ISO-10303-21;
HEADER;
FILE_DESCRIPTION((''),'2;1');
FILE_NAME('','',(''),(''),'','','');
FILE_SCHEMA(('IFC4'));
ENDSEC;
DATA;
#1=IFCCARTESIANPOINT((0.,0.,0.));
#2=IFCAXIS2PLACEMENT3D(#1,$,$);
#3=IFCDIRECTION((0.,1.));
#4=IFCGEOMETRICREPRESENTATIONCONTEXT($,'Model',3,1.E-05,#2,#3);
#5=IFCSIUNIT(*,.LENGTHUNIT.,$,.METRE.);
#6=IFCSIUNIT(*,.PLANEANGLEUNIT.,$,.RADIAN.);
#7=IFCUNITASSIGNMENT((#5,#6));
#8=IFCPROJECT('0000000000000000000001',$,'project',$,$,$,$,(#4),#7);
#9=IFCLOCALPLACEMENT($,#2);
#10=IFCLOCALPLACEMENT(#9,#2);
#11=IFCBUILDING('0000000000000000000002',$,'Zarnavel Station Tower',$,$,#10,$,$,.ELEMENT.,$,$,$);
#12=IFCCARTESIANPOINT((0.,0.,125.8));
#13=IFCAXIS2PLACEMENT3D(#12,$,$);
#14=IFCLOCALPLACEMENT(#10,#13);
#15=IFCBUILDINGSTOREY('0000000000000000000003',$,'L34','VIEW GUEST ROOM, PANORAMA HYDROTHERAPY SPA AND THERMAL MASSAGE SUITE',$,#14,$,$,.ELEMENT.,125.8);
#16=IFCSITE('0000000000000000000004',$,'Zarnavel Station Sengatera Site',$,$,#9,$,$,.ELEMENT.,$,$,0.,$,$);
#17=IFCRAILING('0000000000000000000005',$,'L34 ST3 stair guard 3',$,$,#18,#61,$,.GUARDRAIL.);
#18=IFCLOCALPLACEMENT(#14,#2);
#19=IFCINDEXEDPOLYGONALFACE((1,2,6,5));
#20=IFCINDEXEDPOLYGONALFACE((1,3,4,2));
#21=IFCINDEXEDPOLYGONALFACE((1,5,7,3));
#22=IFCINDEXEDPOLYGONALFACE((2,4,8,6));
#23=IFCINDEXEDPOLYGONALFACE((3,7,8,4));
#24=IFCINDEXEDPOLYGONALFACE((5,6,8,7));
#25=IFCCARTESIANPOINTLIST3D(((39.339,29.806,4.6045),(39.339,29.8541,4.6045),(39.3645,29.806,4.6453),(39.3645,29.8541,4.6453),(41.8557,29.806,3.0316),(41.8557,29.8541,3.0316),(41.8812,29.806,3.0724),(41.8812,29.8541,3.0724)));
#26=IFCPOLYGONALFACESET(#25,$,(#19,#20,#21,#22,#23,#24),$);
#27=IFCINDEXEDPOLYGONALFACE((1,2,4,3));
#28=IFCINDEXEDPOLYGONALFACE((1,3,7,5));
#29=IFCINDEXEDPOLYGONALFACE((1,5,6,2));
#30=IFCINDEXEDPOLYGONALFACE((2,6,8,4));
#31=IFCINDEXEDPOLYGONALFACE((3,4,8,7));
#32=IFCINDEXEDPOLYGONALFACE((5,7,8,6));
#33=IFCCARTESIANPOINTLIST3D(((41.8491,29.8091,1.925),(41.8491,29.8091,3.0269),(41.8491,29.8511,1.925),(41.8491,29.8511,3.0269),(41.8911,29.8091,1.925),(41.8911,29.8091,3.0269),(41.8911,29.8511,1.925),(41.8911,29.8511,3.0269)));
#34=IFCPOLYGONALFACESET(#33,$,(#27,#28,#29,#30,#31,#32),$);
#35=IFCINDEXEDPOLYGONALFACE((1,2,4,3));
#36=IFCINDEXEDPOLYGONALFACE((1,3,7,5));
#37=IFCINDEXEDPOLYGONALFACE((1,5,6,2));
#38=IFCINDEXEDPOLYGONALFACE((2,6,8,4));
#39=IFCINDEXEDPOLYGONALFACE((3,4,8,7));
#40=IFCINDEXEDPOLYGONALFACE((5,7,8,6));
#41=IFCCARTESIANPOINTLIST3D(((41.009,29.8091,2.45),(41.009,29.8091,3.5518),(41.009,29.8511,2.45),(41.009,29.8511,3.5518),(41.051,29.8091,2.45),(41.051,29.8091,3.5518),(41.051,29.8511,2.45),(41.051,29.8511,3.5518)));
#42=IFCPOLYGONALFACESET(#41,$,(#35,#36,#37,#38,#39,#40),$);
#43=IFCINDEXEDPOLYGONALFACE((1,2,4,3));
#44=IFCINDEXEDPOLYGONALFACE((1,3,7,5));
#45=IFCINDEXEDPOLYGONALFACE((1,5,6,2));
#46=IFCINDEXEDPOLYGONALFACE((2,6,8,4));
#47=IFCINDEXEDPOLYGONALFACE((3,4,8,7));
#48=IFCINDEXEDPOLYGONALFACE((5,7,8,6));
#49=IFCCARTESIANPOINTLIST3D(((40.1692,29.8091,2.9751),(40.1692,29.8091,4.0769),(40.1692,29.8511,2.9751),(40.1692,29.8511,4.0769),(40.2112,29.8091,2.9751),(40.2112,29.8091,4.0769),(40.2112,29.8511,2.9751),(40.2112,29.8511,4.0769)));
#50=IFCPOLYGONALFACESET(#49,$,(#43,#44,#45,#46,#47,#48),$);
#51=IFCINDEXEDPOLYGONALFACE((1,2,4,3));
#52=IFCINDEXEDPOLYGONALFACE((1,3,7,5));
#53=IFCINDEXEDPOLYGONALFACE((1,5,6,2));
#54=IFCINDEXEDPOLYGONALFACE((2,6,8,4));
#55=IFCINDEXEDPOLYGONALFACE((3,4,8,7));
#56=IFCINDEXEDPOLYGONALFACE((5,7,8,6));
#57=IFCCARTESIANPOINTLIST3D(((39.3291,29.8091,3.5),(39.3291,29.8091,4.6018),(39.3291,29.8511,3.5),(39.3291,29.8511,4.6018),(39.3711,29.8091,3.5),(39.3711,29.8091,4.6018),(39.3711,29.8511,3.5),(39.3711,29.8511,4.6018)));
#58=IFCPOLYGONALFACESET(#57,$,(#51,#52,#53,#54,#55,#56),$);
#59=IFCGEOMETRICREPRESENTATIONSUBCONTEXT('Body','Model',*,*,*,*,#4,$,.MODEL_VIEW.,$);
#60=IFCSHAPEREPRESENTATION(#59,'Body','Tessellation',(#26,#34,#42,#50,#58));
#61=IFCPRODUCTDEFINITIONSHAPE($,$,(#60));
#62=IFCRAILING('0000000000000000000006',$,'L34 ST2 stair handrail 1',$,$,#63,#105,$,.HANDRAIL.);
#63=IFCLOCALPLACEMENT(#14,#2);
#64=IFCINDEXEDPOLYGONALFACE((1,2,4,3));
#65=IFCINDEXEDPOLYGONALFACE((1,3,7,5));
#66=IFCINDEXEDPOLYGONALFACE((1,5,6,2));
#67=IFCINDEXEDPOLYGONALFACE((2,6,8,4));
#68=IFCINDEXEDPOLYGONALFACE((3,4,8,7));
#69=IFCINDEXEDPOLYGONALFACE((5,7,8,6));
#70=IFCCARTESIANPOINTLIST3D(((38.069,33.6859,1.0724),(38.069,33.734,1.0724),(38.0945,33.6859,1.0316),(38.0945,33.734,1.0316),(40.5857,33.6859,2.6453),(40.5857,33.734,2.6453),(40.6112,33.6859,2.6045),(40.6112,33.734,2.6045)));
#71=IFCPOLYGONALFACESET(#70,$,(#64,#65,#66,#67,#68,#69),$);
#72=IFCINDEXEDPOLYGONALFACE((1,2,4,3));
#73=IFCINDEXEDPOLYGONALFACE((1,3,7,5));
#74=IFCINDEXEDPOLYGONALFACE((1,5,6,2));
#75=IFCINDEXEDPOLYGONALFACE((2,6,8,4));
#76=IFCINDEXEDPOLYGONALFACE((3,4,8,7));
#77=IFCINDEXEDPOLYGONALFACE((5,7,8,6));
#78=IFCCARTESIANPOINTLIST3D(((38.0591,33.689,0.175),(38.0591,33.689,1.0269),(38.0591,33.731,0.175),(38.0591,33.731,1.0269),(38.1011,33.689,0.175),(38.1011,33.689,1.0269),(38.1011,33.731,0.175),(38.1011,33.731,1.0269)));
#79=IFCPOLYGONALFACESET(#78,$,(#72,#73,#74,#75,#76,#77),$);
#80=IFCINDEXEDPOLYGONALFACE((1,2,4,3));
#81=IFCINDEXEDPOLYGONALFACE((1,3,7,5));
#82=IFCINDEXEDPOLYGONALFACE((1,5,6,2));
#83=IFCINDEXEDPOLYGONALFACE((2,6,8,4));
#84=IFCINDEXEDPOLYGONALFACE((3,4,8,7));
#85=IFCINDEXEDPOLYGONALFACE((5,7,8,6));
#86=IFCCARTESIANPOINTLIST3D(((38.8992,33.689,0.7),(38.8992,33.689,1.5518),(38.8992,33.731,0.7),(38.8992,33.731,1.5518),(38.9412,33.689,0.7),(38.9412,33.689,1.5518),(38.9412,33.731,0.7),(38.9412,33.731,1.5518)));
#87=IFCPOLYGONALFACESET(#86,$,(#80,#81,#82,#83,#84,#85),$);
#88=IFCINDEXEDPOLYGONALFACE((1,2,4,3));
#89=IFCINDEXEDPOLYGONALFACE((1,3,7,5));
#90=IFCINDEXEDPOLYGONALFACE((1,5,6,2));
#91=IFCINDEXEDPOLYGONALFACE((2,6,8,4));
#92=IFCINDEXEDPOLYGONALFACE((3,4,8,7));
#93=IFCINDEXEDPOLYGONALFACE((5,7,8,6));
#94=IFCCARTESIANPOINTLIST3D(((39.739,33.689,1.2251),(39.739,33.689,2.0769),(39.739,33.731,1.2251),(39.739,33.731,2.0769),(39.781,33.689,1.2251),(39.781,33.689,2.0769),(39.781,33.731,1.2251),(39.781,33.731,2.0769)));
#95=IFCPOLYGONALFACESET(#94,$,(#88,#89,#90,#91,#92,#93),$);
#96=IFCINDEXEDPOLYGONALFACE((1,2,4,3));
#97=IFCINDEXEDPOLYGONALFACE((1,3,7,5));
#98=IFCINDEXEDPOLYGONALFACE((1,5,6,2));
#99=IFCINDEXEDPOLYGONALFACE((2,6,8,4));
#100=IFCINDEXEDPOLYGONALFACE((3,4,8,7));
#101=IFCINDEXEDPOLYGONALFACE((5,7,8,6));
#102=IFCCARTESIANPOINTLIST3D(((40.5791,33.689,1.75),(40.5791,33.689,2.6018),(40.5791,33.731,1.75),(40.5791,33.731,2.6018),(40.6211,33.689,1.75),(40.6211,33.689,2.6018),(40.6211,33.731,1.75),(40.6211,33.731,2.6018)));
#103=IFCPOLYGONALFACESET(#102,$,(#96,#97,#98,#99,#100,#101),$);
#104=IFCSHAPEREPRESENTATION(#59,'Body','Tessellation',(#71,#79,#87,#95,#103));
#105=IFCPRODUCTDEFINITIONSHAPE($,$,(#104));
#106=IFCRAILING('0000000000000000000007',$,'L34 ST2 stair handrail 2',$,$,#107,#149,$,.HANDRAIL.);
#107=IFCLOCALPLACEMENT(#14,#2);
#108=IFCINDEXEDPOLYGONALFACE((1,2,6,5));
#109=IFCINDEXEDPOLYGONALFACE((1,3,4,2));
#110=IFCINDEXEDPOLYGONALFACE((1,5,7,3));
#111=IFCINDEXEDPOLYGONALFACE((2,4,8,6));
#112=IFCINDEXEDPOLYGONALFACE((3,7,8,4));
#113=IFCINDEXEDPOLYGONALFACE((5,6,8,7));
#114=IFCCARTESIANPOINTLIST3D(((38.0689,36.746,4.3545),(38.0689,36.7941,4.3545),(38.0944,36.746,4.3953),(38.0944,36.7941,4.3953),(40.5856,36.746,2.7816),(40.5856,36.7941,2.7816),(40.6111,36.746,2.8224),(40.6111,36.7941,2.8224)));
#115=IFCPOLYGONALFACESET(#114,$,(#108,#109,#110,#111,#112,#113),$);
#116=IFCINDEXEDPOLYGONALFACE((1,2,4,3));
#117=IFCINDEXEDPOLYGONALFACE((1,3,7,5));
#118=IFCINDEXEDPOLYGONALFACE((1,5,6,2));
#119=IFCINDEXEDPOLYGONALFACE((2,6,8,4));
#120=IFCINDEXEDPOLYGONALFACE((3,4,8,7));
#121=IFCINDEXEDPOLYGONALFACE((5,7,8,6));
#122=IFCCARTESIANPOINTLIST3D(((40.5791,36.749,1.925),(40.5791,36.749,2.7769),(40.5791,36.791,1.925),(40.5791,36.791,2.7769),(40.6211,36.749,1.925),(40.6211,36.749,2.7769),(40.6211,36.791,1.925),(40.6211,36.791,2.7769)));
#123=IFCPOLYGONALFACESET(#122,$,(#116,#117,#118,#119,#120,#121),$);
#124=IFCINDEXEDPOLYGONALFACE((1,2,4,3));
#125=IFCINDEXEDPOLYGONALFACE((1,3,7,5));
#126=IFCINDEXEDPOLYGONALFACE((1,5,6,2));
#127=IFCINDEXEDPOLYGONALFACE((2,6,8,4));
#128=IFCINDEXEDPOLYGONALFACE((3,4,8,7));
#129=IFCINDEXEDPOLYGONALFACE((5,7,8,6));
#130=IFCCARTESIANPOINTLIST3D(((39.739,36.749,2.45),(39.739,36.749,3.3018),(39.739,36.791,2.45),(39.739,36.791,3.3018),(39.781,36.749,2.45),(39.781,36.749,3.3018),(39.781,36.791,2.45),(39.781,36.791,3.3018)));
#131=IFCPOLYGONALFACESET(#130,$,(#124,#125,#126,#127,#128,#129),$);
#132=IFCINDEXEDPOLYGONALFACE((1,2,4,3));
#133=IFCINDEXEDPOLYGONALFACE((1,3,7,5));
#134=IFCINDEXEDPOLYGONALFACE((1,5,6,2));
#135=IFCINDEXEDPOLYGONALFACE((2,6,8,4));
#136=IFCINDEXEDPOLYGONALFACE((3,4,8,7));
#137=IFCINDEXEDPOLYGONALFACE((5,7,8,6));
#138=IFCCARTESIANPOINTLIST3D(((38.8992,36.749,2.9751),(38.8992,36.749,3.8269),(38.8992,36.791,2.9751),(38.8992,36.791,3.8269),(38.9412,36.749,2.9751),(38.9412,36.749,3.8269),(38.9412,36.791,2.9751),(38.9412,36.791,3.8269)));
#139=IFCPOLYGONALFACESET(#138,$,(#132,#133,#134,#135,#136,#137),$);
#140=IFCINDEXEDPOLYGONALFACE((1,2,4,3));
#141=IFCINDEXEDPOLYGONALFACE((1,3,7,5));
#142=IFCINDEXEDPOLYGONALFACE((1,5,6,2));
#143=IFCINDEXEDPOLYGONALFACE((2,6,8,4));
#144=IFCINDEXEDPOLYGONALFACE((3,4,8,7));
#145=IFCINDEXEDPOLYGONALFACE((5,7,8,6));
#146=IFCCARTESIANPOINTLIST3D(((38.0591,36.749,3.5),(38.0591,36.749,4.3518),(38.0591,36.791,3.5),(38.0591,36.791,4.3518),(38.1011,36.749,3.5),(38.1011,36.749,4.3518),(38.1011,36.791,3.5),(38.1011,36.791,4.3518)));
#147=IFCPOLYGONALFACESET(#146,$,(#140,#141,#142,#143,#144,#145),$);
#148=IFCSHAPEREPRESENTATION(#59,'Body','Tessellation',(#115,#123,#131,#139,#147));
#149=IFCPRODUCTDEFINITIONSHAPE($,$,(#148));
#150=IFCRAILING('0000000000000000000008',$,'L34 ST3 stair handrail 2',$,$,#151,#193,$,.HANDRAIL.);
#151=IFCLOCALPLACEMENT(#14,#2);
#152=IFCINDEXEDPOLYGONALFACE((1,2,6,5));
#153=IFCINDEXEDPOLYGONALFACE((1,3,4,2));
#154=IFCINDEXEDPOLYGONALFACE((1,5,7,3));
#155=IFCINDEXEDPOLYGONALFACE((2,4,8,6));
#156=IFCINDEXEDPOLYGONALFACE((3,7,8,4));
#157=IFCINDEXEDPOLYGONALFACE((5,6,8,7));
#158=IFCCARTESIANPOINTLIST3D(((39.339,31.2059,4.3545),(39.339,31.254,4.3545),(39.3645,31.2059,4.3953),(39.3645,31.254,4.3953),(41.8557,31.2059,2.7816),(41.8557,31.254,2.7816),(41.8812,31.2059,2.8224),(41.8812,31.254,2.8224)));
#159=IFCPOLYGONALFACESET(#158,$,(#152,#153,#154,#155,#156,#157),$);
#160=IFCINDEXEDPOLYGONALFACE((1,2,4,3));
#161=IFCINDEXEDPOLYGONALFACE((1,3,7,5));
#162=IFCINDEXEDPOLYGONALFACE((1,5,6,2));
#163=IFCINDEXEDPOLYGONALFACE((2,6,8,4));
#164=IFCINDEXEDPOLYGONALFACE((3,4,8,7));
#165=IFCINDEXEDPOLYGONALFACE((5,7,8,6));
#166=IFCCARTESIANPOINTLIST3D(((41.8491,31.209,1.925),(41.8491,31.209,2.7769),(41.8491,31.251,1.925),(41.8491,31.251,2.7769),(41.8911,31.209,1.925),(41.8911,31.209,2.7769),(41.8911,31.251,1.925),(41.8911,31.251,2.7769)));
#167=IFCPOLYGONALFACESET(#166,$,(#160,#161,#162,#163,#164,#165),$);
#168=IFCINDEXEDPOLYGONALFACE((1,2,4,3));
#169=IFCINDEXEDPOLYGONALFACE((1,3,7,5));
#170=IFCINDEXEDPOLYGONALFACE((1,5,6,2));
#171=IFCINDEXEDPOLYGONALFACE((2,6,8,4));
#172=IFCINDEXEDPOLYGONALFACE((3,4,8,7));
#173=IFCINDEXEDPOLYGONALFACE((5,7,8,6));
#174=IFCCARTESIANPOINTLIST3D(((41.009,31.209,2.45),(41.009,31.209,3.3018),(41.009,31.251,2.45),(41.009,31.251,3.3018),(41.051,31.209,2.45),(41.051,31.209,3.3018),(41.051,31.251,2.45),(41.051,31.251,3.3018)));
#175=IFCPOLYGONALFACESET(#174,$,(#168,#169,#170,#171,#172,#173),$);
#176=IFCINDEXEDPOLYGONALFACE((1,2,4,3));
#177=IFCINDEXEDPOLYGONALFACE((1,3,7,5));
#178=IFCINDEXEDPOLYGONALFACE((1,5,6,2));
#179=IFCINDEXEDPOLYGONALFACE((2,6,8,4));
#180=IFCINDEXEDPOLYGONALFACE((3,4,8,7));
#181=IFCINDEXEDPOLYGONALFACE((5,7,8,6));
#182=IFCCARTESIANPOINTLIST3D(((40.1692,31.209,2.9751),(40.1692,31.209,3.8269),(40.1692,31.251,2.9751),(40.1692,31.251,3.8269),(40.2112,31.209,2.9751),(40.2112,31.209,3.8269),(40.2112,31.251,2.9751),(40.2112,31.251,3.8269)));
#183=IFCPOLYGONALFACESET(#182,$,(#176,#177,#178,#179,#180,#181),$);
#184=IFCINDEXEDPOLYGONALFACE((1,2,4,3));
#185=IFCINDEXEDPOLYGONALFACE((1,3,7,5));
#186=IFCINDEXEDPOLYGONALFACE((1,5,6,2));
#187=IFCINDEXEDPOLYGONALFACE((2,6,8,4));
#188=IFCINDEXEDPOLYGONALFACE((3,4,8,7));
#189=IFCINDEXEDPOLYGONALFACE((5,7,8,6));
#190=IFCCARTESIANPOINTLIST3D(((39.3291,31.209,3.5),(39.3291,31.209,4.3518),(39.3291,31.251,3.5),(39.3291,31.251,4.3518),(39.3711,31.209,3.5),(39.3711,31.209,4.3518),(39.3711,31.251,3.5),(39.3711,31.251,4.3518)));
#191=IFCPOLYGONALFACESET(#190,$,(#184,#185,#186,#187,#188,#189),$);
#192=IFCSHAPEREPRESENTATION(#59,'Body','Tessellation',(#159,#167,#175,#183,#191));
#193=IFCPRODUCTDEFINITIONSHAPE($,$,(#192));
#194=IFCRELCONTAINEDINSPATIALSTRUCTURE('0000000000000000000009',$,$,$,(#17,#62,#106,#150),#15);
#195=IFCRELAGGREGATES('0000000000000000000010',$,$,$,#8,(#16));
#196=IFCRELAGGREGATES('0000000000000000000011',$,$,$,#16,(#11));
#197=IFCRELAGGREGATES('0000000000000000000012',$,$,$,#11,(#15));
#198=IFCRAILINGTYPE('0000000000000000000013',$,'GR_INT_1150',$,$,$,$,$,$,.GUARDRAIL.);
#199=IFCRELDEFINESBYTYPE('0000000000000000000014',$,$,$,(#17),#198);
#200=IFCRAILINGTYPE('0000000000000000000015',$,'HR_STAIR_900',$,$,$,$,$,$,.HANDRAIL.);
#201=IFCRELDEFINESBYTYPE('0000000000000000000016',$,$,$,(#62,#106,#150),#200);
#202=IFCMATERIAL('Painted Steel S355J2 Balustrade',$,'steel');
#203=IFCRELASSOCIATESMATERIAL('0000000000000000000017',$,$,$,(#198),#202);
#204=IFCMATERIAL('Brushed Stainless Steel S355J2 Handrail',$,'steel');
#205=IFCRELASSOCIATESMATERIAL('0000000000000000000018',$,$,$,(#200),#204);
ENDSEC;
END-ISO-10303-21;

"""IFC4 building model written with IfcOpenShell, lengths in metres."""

from ifc_helpers import new_model, si_unit, direction, frame, origin, origin_2d, place, context, subcontext, project, spatial, rectangle, extrude, material, type_object, element, save


model = new_model("IFC4")

# Units and contexts
model_context = context("Model", 3, precision=1e-05, world=origin(), true_north=direction((0.0, 1.0)))
body_context = subcontext(model_context, "Body", "Model", "MODEL_VIEW")
ifc_project = project(units=[si_unit("LENGTHUNIT", "METRE"), si_unit("PLANEANGLEUNIT", "RADIAN")], contexts=[model_context])

# Site, building, storey
site_placement = place(None, origin())
site = spatial("IfcSite", under=ifc_project, at=site_placement, Name="Zarnavel Station Sengatera Site", CompositionType="ELEMENT", RefElevation=0.0)
building_placement = place(site_placement, origin())
building = spatial("IfcBuilding", under=site, at=building_placement, Name="Zarnavel Station Tower", CompositionType="ELEMENT")
storey_placement = place(building_placement, frame((0.0, 0.0, 125.8)))
storey = spatial("IfcBuildingStorey", under=building, at=storey_placement, Name="L34", Description="VIEW GUEST ROOM, PANORAMA HYDROTHERAPY SPA AND THERMAL MASSAGE SUITE", CompositionType="ELEMENT", Elevation=125.8)

# Railings
ifc_material_1 = material(Name="Painted Steel S355J2 Balustrade", Category="steel")
railing_type_1 = type_object("IfcRailingType", Name="GR_INT_1150", PredefinedType="GUARDRAIL", material=ifc_material_1)
for number, where, name in (
    (1, (41.8701, 29.8301, 1.925), "L34 ST3 stair guard 3"),
):
    element("IfcRailing", number, at=place(storey_placement, frame(where)), inside=storey, type_object=railing_type_1, Name=name, PredefinedType="GUARDRAIL", context=body_context, shape_type="SweptSolid", body=[
        extrude(rectangle(XDim=0.0481, YDim=0.0481, at=origin_2d()), frame((-0.0017, 0.0, 1.127), z_axis=(-0.848008, 0.0, 0.529984), x_axis=(0.0, -1.0, 0.0)), (0.0, 0.0, 1.0), 2.9678),
        extrude(rectangle(XDim=0.042, YDim=0.042, at=origin_2d()), origin(), (0.0, 0.0, 1.0), 1.1018),
        extrude(rectangle(XDim=0.042, YDim=0.042, at=origin_2d()), frame((-0.8401, 0.0, 0.5249)), (0.0, 0.0, 1.0), 1.1018),
        extrude(rectangle(XDim=0.042, YDim=0.042, at=origin_2d()), frame((-1.6799, 0.0, 1.05)), (0.0, 0.0, 1.0), 1.1018),
        extrude(rectangle(XDim=0.042, YDim=0.042, at=origin_2d()), frame((-2.52, 0.0, 1.575)), (0.0, 0.0, 1.0), 1.1018),
    ])
ifc_material_2 = material(Name="Brushed Stainless Steel S355J2 Handrail", Category="steel")
railing_type_2 = type_object("IfcRailingType", Name="HR_STAIR_900", PredefinedType="HANDRAIL", material=ifc_material_2)
railing_1_placement = place(storey_placement, frame((38.0801, 33.71, 0.175)))
element("IfcRailing", 2, at=railing_1_placement, inside=storey, type_object=railing_type_2, Name="L34 ST2 stair handrail 1", PredefinedType="HANDRAIL", context=body_context, shape_type="SweptSolid", body=[
    extrude(rectangle(XDim=0.0481, YDim=0.0481, at=origin_2d()), frame((0.0017, 0.0, 0.877), z_axis=(0.848008, 0.0, 0.529984), x_axis=(0.0, 1.0, 0.0)), (0.0, 0.0, 1.0), 2.9678),
    extrude(rectangle(XDim=0.042, YDim=0.042, at=origin_2d()), origin(), (0.0, 0.0, 1.0), 0.8518),
    extrude(rectangle(XDim=0.042, YDim=0.042, at=origin_2d()), frame((0.8401, 0.0, 0.5249)), (0.0, 0.0, 1.0), 0.8518),
    extrude(rectangle(XDim=0.042, YDim=0.042, at=origin_2d()), frame((1.6799, 0.0, 1.05)), (0.0, 0.0, 1.0), 0.8518),
    extrude(rectangle(XDim=0.042, YDim=0.042, at=origin_2d()), frame((2.52, 0.0, 1.575)), (0.0, 0.0, 1.0), 0.8518),
])
for number, where, name in (
    (3, (40.6001, 36.77, 1.925), "L34 ST2 stair handrail 2"),
    (4, (41.8701, 31.23, 1.925), "L34 ST3 stair handrail 2"),
):
    element("IfcRailing", number, at=place(storey_placement, frame(where)), inside=storey, type_object=railing_type_2, Name=name, PredefinedType="HANDRAIL", context=body_context, shape_type="SweptSolid", body=[
        extrude(rectangle(XDim=0.0481, YDim=0.0481, at=origin_2d()), frame((-0.0017, 0.0, 0.877), z_axis=(-0.848008, 0.0, 0.529984), x_axis=(0.0, -1.0, 0.0)), (0.0, 0.0, 1.0), 2.9678),
        extrude(rectangle(XDim=0.042, YDim=0.042, at=origin_2d()), origin(), (0.0, 0.0, 1.0), 0.8518),
        extrude(rectangle(XDim=0.042, YDim=0.042, at=origin_2d()), frame((-0.8401, 0.0, 0.5249)), (0.0, 0.0, 1.0), 0.8518),
        extrude(rectangle(XDim=0.042, YDim=0.042, at=origin_2d()), frame((-1.6799, 0.0, 1.05)), (0.0, 0.0, 1.0), 0.8518),
        extrude(rectangle(XDim=0.042, YDim=0.042, at=origin_2d()), frame((-2.52, 0.0, 1.575)), (0.0, 0.0, 1.0), 0.8518),
    ])

save(model, "model.ifc")
